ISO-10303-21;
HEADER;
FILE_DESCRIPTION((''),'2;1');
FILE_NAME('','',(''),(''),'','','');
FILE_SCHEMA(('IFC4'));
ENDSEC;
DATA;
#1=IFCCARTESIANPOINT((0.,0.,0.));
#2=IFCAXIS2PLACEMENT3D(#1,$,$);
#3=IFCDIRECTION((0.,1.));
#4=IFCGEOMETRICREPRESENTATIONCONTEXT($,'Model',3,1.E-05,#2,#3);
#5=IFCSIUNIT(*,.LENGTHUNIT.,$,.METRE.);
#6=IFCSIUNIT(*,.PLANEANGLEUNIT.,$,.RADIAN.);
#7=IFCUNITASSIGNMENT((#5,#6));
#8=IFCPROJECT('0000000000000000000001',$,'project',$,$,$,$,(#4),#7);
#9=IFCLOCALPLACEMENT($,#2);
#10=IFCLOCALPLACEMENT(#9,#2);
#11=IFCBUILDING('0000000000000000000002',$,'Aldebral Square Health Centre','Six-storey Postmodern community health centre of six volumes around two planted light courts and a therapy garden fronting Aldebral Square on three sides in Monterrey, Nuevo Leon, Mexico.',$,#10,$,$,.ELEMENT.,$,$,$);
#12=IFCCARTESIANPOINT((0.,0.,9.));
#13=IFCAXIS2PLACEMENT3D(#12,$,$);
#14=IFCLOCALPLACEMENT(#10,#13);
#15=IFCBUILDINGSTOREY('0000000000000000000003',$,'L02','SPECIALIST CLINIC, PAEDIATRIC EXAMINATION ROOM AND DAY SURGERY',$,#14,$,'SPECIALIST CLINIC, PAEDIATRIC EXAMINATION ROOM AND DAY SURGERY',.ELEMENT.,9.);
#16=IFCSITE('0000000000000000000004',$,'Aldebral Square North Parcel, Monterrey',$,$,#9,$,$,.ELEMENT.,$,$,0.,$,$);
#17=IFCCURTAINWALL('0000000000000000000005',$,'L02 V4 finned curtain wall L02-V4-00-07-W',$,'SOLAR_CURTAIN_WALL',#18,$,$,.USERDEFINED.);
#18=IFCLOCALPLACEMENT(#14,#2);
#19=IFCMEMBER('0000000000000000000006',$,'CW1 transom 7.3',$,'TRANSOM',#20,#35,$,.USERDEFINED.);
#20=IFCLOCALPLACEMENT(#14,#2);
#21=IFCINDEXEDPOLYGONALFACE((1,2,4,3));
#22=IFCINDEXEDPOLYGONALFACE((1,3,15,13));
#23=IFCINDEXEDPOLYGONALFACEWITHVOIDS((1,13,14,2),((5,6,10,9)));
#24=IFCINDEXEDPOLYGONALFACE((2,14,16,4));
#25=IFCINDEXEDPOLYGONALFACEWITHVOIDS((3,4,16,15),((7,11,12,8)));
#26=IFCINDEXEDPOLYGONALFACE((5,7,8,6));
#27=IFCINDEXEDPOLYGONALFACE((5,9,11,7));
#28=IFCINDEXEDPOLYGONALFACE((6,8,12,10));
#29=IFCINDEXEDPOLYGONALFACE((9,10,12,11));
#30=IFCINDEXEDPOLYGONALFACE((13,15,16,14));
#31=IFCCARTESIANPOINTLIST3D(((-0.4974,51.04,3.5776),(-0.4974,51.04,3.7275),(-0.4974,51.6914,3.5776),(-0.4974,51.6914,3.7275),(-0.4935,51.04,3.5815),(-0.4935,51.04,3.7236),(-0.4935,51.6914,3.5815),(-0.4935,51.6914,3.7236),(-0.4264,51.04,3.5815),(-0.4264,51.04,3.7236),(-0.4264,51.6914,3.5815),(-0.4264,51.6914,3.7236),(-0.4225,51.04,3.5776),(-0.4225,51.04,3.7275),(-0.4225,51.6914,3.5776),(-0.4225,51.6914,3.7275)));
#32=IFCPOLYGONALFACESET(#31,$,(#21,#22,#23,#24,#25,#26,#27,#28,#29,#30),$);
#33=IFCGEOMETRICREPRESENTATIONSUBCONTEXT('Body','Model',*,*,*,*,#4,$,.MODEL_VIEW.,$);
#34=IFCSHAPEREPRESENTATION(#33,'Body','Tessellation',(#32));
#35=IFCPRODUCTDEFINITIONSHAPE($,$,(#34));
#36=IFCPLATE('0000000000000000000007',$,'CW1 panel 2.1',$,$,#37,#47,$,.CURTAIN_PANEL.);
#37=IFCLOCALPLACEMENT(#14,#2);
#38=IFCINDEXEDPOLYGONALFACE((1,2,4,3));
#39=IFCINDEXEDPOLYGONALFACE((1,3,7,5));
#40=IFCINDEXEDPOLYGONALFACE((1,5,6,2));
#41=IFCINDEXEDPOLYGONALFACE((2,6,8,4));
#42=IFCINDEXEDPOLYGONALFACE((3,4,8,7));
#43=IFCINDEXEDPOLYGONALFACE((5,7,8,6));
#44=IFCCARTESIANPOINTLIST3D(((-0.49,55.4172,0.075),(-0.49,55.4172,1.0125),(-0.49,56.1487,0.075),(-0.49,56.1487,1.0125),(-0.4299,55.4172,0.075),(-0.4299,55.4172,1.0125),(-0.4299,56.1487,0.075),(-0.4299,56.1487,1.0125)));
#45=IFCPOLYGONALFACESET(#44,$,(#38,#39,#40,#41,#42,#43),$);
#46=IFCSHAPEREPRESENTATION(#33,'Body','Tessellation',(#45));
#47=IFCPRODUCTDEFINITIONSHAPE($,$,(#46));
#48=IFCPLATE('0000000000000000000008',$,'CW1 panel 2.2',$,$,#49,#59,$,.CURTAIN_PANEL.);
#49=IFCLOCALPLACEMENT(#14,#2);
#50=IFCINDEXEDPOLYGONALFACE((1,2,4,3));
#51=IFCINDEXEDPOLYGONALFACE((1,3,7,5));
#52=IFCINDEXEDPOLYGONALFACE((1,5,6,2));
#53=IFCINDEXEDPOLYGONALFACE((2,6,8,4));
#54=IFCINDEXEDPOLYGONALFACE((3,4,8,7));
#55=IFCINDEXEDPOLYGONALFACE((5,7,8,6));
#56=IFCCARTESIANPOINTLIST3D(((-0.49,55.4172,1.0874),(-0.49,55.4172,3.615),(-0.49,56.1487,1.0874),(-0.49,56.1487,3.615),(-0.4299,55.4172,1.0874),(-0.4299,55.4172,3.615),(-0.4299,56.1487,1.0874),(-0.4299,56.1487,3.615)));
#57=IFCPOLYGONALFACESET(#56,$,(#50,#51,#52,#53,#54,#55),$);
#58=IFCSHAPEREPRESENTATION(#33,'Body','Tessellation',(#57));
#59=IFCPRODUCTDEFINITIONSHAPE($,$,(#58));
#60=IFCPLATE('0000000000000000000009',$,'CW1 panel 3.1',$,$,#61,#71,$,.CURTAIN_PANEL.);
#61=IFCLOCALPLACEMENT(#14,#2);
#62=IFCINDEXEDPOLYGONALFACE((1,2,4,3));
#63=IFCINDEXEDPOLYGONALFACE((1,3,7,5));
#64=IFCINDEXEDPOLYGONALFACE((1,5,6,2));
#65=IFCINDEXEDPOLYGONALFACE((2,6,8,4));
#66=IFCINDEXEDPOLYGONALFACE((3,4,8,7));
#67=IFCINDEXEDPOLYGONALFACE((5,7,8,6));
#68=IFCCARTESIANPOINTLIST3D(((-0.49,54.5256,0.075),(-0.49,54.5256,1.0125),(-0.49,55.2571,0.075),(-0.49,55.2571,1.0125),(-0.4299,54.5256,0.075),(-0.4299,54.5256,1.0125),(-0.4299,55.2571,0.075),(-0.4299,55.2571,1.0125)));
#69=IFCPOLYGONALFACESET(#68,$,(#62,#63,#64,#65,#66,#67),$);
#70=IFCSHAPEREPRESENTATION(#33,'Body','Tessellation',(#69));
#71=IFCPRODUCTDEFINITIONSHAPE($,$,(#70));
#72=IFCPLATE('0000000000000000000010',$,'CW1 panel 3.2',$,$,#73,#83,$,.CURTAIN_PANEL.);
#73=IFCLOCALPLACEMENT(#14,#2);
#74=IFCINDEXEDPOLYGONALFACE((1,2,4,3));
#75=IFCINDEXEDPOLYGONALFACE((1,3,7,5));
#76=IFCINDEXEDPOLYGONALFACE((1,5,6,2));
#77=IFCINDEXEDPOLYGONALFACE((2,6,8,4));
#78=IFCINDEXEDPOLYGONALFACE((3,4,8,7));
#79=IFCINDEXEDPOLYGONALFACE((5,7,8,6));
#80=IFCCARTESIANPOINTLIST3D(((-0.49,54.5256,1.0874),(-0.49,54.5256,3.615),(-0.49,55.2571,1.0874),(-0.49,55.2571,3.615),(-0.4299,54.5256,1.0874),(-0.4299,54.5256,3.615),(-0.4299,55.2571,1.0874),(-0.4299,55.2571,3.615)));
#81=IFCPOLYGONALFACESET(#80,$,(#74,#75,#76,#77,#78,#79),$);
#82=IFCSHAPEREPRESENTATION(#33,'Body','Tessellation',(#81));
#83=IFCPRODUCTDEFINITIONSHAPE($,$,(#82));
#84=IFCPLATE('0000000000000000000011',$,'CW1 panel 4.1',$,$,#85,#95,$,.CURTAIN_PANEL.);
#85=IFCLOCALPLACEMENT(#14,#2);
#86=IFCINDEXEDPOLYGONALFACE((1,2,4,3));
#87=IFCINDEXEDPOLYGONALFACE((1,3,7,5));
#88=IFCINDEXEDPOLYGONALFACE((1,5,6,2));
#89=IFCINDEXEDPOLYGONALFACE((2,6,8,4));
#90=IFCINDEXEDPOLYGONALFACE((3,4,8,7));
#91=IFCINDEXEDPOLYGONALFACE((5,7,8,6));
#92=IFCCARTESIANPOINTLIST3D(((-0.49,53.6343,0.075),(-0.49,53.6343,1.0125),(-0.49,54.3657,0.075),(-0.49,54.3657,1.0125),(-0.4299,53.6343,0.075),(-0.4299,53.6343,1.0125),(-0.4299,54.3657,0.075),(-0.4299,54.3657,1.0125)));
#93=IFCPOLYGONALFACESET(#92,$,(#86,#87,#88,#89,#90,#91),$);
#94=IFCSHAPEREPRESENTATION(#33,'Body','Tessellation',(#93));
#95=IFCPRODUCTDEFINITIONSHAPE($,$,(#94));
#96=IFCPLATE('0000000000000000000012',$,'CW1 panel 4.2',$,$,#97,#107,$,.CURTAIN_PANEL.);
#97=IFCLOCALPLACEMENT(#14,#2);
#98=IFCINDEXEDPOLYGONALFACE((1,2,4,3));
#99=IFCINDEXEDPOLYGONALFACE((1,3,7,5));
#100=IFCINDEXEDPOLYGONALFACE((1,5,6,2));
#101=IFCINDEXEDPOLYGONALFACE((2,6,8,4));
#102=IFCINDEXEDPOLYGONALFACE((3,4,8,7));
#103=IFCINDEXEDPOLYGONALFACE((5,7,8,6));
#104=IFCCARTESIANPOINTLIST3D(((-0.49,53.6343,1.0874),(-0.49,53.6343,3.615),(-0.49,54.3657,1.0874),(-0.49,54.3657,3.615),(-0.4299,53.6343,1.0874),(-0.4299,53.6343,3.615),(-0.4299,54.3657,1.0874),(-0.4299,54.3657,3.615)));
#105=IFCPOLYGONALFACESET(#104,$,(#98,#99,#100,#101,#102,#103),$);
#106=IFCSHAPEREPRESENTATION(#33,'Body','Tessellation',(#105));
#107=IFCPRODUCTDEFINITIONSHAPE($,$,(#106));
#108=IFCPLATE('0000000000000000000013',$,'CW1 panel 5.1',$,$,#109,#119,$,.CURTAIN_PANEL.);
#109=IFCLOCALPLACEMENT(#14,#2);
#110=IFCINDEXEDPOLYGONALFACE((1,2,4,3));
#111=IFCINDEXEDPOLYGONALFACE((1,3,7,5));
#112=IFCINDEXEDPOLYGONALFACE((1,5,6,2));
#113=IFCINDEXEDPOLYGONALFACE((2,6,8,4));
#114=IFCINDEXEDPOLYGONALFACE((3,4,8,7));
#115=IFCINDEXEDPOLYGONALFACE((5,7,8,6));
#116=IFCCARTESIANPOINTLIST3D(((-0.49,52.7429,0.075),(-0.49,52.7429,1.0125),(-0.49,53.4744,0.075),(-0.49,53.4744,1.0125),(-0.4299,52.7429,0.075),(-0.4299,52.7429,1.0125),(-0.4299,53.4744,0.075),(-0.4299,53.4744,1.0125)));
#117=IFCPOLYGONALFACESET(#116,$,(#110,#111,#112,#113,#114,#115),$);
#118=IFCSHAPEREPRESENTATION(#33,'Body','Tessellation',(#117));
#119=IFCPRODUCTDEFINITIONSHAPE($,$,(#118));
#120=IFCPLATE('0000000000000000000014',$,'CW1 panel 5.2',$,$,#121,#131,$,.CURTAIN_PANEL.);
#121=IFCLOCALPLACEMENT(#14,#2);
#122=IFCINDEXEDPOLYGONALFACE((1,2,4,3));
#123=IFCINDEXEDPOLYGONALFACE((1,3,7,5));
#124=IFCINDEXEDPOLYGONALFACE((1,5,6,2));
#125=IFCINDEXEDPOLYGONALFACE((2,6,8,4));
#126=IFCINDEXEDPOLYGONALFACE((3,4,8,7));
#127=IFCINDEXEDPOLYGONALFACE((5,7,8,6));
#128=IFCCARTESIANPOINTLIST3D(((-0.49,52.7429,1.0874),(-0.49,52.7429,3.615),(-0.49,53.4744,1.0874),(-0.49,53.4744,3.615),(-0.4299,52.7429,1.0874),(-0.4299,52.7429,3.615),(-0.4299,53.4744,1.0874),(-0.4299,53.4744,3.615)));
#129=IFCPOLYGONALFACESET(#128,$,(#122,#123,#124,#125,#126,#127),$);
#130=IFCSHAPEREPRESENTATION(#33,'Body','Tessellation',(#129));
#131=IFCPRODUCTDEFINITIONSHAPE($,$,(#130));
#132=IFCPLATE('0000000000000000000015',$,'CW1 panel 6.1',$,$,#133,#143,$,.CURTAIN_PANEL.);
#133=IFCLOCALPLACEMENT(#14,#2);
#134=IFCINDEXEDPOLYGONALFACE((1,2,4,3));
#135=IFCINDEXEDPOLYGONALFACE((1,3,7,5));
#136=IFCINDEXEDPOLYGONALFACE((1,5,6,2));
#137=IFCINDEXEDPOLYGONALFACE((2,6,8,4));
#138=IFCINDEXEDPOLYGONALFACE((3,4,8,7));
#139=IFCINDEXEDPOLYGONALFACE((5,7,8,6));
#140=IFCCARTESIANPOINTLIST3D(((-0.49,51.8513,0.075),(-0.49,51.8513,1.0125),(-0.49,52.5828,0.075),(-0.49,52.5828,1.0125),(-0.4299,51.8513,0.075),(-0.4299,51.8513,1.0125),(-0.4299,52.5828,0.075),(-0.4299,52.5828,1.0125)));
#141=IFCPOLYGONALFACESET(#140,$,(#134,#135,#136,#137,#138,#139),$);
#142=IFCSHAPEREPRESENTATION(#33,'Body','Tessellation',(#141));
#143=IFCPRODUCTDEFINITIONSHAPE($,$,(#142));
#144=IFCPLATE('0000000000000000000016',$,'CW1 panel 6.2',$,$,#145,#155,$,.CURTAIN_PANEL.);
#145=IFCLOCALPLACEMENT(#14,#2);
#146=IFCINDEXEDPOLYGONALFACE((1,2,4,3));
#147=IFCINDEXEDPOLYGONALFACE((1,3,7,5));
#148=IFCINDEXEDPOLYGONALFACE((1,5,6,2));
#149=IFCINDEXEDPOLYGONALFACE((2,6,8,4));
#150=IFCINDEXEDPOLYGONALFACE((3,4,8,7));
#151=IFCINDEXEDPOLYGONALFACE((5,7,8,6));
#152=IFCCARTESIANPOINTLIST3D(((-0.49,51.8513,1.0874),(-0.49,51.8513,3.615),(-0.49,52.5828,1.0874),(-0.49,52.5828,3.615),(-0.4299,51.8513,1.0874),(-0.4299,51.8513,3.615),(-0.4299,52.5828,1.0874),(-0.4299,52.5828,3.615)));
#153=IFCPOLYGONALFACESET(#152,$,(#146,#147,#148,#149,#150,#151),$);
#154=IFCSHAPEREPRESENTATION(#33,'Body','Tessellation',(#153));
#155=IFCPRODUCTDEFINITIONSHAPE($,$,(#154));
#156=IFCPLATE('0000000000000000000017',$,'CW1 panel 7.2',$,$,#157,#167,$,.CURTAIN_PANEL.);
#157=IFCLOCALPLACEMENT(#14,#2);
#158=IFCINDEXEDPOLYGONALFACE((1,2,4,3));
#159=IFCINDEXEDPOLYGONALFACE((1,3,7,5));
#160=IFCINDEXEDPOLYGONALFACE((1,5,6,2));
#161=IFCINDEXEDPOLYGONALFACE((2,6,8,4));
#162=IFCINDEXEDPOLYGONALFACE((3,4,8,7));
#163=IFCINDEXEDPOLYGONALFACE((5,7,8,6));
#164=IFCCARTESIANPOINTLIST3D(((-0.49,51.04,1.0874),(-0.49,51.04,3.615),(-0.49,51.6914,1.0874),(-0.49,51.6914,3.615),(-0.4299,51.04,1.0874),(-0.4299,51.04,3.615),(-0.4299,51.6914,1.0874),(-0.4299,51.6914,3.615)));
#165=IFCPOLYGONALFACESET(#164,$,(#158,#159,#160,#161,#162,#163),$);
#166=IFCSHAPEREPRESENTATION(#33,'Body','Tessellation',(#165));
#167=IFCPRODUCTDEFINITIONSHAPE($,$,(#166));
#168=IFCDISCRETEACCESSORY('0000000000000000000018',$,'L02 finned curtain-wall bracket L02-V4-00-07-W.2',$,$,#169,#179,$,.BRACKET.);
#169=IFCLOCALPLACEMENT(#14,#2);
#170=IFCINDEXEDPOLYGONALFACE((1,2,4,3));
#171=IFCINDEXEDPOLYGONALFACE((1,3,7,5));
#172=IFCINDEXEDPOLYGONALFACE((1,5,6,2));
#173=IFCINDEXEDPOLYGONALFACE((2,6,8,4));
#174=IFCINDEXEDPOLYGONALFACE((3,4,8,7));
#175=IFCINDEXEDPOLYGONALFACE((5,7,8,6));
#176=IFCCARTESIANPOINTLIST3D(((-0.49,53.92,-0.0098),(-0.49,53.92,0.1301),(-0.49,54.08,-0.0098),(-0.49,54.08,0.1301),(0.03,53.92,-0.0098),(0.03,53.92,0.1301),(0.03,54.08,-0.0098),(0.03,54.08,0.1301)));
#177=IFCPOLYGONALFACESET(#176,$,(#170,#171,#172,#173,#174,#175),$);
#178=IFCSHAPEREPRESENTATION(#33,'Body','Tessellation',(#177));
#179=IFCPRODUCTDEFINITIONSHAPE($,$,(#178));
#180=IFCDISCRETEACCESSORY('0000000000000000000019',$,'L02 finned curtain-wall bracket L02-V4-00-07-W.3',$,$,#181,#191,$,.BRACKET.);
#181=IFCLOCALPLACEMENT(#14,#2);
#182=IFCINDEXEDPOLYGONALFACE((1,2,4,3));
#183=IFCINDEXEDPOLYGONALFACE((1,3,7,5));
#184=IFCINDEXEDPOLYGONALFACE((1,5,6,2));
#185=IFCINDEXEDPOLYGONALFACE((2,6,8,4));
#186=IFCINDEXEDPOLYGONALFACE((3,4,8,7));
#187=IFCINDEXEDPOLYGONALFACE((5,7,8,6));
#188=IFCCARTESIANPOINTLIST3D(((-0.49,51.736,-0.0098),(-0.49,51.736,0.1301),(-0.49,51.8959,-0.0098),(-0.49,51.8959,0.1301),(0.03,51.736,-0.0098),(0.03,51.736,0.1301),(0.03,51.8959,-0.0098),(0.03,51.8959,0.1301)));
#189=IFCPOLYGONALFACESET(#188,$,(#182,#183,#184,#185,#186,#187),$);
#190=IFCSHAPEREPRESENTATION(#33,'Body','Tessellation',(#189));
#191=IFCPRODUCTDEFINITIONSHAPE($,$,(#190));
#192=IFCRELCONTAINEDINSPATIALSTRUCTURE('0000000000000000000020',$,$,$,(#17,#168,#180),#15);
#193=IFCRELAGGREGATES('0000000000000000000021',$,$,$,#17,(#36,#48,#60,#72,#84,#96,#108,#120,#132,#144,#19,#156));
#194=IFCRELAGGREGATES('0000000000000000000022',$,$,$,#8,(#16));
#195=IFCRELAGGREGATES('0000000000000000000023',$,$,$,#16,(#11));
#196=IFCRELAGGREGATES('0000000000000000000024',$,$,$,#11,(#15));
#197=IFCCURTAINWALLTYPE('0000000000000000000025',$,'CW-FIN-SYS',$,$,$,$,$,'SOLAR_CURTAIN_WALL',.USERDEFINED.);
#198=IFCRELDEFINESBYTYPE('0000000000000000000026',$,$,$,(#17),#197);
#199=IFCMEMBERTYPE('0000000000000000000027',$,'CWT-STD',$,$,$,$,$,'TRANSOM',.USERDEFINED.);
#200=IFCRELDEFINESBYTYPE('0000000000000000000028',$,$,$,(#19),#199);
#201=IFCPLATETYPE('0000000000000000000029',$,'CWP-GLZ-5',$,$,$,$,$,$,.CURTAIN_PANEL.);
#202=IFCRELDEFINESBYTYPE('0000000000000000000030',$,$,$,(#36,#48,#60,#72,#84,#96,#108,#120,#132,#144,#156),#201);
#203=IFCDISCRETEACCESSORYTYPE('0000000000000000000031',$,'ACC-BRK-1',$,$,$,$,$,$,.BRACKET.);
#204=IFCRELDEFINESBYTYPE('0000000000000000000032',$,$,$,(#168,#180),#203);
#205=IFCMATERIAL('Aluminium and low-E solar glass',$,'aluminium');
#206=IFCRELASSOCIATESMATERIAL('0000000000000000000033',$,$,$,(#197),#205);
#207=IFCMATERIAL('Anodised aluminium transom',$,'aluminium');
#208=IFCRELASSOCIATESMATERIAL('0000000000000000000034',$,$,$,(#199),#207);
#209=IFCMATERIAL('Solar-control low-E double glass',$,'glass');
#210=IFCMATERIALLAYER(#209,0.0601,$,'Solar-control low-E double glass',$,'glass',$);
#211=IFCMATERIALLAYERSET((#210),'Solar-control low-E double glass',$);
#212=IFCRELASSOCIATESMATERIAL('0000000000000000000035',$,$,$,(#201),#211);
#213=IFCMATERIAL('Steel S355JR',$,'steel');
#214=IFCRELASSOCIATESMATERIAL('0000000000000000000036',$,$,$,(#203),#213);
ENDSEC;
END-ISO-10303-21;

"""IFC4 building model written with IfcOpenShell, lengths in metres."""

from ifc_helpers import new_model, si_unit, direction, frame, origin, origin_2d, place, context, subcontext, project, spatial, rectangle, hollow_rectangle, extrude, material, layer, layer_set, material_profile, profile_set, type_object, element, aggregate, save


model = new_model("IFC4")

# Units and contexts
model_context = context("Model", 3, precision=1e-05, world=origin(), true_north=direction((0.0, 1.0)))
body_context = subcontext(model_context, "Body", "Model", "MODEL_VIEW")
ifc_project = project(units=[si_unit("LENGTHUNIT", "METRE"), si_unit("PLANEANGLEUNIT", "RADIAN")], contexts=[model_context])

# Site, building, storey
site_placement = place(None, origin())
site = spatial("IfcSite", under=ifc_project, at=site_placement, Name="Aldebral Square North Parcel, Monterrey", CompositionType="ELEMENT", RefElevation=0.0)
building_placement = place(site_placement, origin())
building = spatial("IfcBuilding", under=site, at=building_placement, Name="Aldebral Square Health Centre", Description="Six-storey Postmodern community health centre of six volumes around two planted light courts and a therapy garden fronting Aldebral Square on three sides in Monterrey, Nuevo Leon, Mexico.", CompositionType="ELEMENT")
storey_placement = place(building_placement, frame((0.0, 0.0, 9.0)))
storey = spatial("IfcBuildingStorey", under=building, at=storey_placement, Name="L02", Description="SPECIALIST CLINIC, PAEDIATRIC EXAMINATION ROOM AND DAY SURGERY", LongName="SPECIALIST CLINIC, PAEDIATRIC EXAMINATION ROOM AND DAY SURGERY", CompositionType="ELEMENT", Elevation=9.0)

# Curtain wall, member, plates
ifc_material_1 = material(Name="Aluminium and low-E solar glass", Category="aluminium")
curtain_wall_type = type_object("IfcCurtainWallType", Name="CW-FIN-SYS", ElementType="SOLAR_CURTAIN_WALL", PredefinedType="USERDEFINED", material=ifc_material_1)
curtain_wall_placement = place(storey_placement, origin())
curtain_wall = element("IfcCurtainWall", 1, at=curtain_wall_placement, inside=storey, type_object=curtain_wall_type, Name="L02 V4 finned curtain wall L02-V4-00-07-W", ObjectType="SOLAR_CURTAIN_WALL", PredefinedType="USERDEFINED")
ifc_material_2 = material(Name="Anodised aluminium transom", Category="aluminium")
ifc_material_profile_1 = material_profile(ifc_material_2, hollow_rectangle(XDim=0.075, YDim=0.1499, WallThickness=0.0039, at=origin_2d()), Name="CWT 75x150x4")
ifc_profile_set_1 = profile_set([ifc_material_profile_1], Name="Anodised aluminium transom")
member_type_1 = type_object("IfcMemberType", Name="CWT-STD", ElementType="TRANSOM", PredefinedType="USERDEFINED", material=ifc_profile_set_1)
member_1_placement = place(storey_placement, frame((-0.46, 51.6914, 3.6526), z_axis=(0.0, -1.0, 0.0), x_axis=(1.0, 0.0, 0.0)))
member_1 = element("IfcMember", 2, at=member_1_placement, type_object=member_type_1, Name="CW1 transom 7.3", ObjectType="TRANSOM", PredefinedType="USERDEFINED", context=body_context, shape_type="SweptSolid", body=[
    extrude(hollow_rectangle(XDim=0.075, YDim=0.1499, WallThickness=0.0039, at=origin_2d()), origin(), (0.0, 0.0, 1.0), 0.6514),
])
ifc_material_3 = material(Name="Solar-control low-E double glass", Category="glass")
ifc_layer = layer(ifc_material_3, 0.0601, Name="Solar-control low-E double glass", Category="glass")
ifc_layer_set = layer_set([ifc_layer], Name="Solar-control low-E double glass")
plate_type = type_object("IfcPlateType", Name="CWP-GLZ-5", PredefinedType="CURTAIN_PANEL", material=ifc_layer_set)
plate_1_placement = place(storey_placement, frame((-0.46, 55.783, 0.075), z_axis=(0.0, 0.0, 1.0), x_axis=(0.0, -1.0, 0.0)))
plate_1 = element("IfcPlate", 3, at=plate_1_placement, type_object=plate_type, Name="CW1 panel 2.1", PredefinedType="CURTAIN_PANEL", context=body_context, shape_type="SweptSolid", body=[
    extrude(rectangle(XDim=0.7314, YDim=0.0601, at=origin_2d()), origin(), (0.0, 0.0, 1.0), 0.9375),
])
plate_2_placement = place(storey_placement, frame((-0.46, 55.783, 1.0874), z_axis=(0.0, 0.0, 1.0), x_axis=(0.0, -1.0, 0.0)))
plate_2 = element("IfcPlate", 4, at=plate_2_placement, type_object=plate_type, Name="CW1 panel 2.2", PredefinedType="CURTAIN_PANEL", context=body_context, shape_type="SweptSolid", body=[
    extrude(rectangle(XDim=0.7314, YDim=0.0601, at=origin_2d()), origin(), (0.0, 0.0, 1.0), 2.5276),
])
plate_3_placement = place(storey_placement, frame((-0.46, 54.8914, 0.075), z_axis=(0.0, 0.0, 1.0), x_axis=(0.0, -1.0, 0.0)))
plate_3 = element("IfcPlate", 5, at=plate_3_placement, type_object=plate_type, Name="CW1 panel 3.1", PredefinedType="CURTAIN_PANEL", context=body_context, shape_type="SweptSolid", body=[
    extrude(rectangle(XDim=0.7314, YDim=0.0601, at=origin_2d()), origin(), (0.0, 0.0, 1.0), 0.9375),
])
plate_4_placement = place(storey_placement, frame((-0.46, 54.8914, 1.0874), z_axis=(0.0, 0.0, 1.0), x_axis=(0.0, -1.0, 0.0)))
plate_4 = element("IfcPlate", 6, at=plate_4_placement, type_object=plate_type, Name="CW1 panel 3.2", PredefinedType="CURTAIN_PANEL", context=body_context, shape_type="SweptSolid", body=[
    extrude(rectangle(XDim=0.7314, YDim=0.0601, at=origin_2d()), origin(), (0.0, 0.0, 1.0), 2.5276),
])
plate_5_placement = place(storey_placement, frame((-0.46, 54.0, 0.075), z_axis=(0.0, 0.0, 1.0), x_axis=(0.0, -1.0, 0.0)))
plate_5 = element("IfcPlate", 7, at=plate_5_placement, type_object=plate_type, Name="CW1 panel 4.1", PredefinedType="CURTAIN_PANEL", context=body_context, shape_type="SweptSolid", body=[
    extrude(rectangle(XDim=0.7314, YDim=0.0601, at=origin_2d()), origin(), (0.0, 0.0, 1.0), 0.9375),
])
plate_6_placement = place(storey_placement, frame((-0.46, 54.0, 1.0874), z_axis=(0.0, 0.0, 1.0), x_axis=(0.0, -1.0, 0.0)))
plate_6 = element("IfcPlate", 8, at=plate_6_placement, type_object=plate_type, Name="CW1 panel 4.2", PredefinedType="CURTAIN_PANEL", context=body_context, shape_type="SweptSolid", body=[
    extrude(rectangle(XDim=0.7314, YDim=0.0601, at=origin_2d()), origin(), (0.0, 0.0, 1.0), 2.5276),
])
plate_7_placement = place(storey_placement, frame((-0.46, 53.1086, 0.075), z_axis=(0.0, 0.0, 1.0), x_axis=(0.0, -1.0, 0.0)))
plate_7 = element("IfcPlate", 9, at=plate_7_placement, type_object=plate_type, Name="CW1 panel 5.1", PredefinedType="CURTAIN_PANEL", context=body_context, shape_type="SweptSolid", body=[
    extrude(rectangle(XDim=0.7314, YDim=0.0601, at=origin_2d()), origin(), (0.0, 0.0, 1.0), 0.9375),
])
plate_8_placement = place(storey_placement, frame((-0.46, 53.1086, 1.0874), z_axis=(0.0, 0.0, 1.0), x_axis=(0.0, -1.0, 0.0)))
plate_8 = element("IfcPlate", 10, at=plate_8_placement, type_object=plate_type, Name="CW1 panel 5.2", PredefinedType="CURTAIN_PANEL", context=body_context, shape_type="SweptSolid", body=[
    extrude(rectangle(XDim=0.7314, YDim=0.0601, at=origin_2d()), origin(), (0.0, 0.0, 1.0), 2.5276),
])
plate_9_placement = place(storey_placement, frame((-0.46, 52.217, 0.075), z_axis=(0.0, 0.0, 1.0), x_axis=(0.0, -1.0, 0.0)))
plate_9 = element("IfcPlate", 11, at=plate_9_placement, type_object=plate_type, Name="CW1 panel 6.1", PredefinedType="CURTAIN_PANEL", context=body_context, shape_type="SweptSolid", body=[
    extrude(rectangle(XDim=0.7314, YDim=0.0601, at=origin_2d()), origin(), (0.0, 0.0, 1.0), 0.9375),
])
plate_10_placement = place(storey_placement, frame((-0.46, 52.217, 1.0874), z_axis=(0.0, 0.0, 1.0), x_axis=(0.0, -1.0, 0.0)))
plate_10 = element("IfcPlate", 12, at=plate_10_placement, type_object=plate_type, Name="CW1 panel 6.2", PredefinedType="CURTAIN_PANEL", context=body_context, shape_type="SweptSolid", body=[
    extrude(rectangle(XDim=0.7314, YDim=0.0601, at=origin_2d()), origin(), (0.0, 0.0, 1.0), 2.5276),
])
plate_11_placement = place(storey_placement, frame((-0.46, 51.3657, 1.0874), z_axis=(0.0, 0.0, 1.0), x_axis=(0.0, -1.0, 0.0)))
plate_11 = element("IfcPlate", 13, at=plate_11_placement, type_object=plate_type, Name="CW1 panel 7.2", PredefinedType="CURTAIN_PANEL", context=body_context, shape_type="SweptSolid", body=[
    extrude(rectangle(XDim=0.6514, YDim=0.0601, at=origin_2d()), origin(), (0.0, 0.0, 1.0), 2.5276),
])
aggregate(curtain_wall, [plate_1, plate_2, plate_3, plate_4, plate_5, plate_6, plate_7, plate_8, plate_9, plate_10, member_1, plate_11])

# Discrete accessories
ifc_material_4 = material(Name="Steel S355JR", Category="steel")
discrete_accessory_type = type_object("IfcDiscreteAccessoryType", Name="ACC-BRK-1", PredefinedType="BRACKET", material=ifc_material_4)
for number, where, z_axis, x_axis, name in (
    (14, (-0.23, 54.0, -0.0098), (0.0, 0.0, 1.0), (0.0, 1.0, 0.0), "L02 finned curtain-wall bracket L02-V4-00-07-W.2"),
    (15, (-0.23, 51.8159, -0.0098), (0.0, 0.0, 1.0), (0.0, 1.0, 0.0), "L02 finned curtain-wall bracket L02-V4-00-07-W.3"),
):
    element("IfcDiscreteAccessory", number, at=place(storey_placement, frame(where, z_axis=z_axis, x_axis=x_axis)), inside=storey, type_object=discrete_accessory_type, Name=name, PredefinedType="BRACKET", context=body_context, shape_type="SweptSolid", body=[
        extrude(rectangle(XDim=0.1599, YDim=0.52, at=origin_2d()), origin(), (0.0, 0.0, 1.0), 0.1399),
    ])

save(model, "model.ifc")
